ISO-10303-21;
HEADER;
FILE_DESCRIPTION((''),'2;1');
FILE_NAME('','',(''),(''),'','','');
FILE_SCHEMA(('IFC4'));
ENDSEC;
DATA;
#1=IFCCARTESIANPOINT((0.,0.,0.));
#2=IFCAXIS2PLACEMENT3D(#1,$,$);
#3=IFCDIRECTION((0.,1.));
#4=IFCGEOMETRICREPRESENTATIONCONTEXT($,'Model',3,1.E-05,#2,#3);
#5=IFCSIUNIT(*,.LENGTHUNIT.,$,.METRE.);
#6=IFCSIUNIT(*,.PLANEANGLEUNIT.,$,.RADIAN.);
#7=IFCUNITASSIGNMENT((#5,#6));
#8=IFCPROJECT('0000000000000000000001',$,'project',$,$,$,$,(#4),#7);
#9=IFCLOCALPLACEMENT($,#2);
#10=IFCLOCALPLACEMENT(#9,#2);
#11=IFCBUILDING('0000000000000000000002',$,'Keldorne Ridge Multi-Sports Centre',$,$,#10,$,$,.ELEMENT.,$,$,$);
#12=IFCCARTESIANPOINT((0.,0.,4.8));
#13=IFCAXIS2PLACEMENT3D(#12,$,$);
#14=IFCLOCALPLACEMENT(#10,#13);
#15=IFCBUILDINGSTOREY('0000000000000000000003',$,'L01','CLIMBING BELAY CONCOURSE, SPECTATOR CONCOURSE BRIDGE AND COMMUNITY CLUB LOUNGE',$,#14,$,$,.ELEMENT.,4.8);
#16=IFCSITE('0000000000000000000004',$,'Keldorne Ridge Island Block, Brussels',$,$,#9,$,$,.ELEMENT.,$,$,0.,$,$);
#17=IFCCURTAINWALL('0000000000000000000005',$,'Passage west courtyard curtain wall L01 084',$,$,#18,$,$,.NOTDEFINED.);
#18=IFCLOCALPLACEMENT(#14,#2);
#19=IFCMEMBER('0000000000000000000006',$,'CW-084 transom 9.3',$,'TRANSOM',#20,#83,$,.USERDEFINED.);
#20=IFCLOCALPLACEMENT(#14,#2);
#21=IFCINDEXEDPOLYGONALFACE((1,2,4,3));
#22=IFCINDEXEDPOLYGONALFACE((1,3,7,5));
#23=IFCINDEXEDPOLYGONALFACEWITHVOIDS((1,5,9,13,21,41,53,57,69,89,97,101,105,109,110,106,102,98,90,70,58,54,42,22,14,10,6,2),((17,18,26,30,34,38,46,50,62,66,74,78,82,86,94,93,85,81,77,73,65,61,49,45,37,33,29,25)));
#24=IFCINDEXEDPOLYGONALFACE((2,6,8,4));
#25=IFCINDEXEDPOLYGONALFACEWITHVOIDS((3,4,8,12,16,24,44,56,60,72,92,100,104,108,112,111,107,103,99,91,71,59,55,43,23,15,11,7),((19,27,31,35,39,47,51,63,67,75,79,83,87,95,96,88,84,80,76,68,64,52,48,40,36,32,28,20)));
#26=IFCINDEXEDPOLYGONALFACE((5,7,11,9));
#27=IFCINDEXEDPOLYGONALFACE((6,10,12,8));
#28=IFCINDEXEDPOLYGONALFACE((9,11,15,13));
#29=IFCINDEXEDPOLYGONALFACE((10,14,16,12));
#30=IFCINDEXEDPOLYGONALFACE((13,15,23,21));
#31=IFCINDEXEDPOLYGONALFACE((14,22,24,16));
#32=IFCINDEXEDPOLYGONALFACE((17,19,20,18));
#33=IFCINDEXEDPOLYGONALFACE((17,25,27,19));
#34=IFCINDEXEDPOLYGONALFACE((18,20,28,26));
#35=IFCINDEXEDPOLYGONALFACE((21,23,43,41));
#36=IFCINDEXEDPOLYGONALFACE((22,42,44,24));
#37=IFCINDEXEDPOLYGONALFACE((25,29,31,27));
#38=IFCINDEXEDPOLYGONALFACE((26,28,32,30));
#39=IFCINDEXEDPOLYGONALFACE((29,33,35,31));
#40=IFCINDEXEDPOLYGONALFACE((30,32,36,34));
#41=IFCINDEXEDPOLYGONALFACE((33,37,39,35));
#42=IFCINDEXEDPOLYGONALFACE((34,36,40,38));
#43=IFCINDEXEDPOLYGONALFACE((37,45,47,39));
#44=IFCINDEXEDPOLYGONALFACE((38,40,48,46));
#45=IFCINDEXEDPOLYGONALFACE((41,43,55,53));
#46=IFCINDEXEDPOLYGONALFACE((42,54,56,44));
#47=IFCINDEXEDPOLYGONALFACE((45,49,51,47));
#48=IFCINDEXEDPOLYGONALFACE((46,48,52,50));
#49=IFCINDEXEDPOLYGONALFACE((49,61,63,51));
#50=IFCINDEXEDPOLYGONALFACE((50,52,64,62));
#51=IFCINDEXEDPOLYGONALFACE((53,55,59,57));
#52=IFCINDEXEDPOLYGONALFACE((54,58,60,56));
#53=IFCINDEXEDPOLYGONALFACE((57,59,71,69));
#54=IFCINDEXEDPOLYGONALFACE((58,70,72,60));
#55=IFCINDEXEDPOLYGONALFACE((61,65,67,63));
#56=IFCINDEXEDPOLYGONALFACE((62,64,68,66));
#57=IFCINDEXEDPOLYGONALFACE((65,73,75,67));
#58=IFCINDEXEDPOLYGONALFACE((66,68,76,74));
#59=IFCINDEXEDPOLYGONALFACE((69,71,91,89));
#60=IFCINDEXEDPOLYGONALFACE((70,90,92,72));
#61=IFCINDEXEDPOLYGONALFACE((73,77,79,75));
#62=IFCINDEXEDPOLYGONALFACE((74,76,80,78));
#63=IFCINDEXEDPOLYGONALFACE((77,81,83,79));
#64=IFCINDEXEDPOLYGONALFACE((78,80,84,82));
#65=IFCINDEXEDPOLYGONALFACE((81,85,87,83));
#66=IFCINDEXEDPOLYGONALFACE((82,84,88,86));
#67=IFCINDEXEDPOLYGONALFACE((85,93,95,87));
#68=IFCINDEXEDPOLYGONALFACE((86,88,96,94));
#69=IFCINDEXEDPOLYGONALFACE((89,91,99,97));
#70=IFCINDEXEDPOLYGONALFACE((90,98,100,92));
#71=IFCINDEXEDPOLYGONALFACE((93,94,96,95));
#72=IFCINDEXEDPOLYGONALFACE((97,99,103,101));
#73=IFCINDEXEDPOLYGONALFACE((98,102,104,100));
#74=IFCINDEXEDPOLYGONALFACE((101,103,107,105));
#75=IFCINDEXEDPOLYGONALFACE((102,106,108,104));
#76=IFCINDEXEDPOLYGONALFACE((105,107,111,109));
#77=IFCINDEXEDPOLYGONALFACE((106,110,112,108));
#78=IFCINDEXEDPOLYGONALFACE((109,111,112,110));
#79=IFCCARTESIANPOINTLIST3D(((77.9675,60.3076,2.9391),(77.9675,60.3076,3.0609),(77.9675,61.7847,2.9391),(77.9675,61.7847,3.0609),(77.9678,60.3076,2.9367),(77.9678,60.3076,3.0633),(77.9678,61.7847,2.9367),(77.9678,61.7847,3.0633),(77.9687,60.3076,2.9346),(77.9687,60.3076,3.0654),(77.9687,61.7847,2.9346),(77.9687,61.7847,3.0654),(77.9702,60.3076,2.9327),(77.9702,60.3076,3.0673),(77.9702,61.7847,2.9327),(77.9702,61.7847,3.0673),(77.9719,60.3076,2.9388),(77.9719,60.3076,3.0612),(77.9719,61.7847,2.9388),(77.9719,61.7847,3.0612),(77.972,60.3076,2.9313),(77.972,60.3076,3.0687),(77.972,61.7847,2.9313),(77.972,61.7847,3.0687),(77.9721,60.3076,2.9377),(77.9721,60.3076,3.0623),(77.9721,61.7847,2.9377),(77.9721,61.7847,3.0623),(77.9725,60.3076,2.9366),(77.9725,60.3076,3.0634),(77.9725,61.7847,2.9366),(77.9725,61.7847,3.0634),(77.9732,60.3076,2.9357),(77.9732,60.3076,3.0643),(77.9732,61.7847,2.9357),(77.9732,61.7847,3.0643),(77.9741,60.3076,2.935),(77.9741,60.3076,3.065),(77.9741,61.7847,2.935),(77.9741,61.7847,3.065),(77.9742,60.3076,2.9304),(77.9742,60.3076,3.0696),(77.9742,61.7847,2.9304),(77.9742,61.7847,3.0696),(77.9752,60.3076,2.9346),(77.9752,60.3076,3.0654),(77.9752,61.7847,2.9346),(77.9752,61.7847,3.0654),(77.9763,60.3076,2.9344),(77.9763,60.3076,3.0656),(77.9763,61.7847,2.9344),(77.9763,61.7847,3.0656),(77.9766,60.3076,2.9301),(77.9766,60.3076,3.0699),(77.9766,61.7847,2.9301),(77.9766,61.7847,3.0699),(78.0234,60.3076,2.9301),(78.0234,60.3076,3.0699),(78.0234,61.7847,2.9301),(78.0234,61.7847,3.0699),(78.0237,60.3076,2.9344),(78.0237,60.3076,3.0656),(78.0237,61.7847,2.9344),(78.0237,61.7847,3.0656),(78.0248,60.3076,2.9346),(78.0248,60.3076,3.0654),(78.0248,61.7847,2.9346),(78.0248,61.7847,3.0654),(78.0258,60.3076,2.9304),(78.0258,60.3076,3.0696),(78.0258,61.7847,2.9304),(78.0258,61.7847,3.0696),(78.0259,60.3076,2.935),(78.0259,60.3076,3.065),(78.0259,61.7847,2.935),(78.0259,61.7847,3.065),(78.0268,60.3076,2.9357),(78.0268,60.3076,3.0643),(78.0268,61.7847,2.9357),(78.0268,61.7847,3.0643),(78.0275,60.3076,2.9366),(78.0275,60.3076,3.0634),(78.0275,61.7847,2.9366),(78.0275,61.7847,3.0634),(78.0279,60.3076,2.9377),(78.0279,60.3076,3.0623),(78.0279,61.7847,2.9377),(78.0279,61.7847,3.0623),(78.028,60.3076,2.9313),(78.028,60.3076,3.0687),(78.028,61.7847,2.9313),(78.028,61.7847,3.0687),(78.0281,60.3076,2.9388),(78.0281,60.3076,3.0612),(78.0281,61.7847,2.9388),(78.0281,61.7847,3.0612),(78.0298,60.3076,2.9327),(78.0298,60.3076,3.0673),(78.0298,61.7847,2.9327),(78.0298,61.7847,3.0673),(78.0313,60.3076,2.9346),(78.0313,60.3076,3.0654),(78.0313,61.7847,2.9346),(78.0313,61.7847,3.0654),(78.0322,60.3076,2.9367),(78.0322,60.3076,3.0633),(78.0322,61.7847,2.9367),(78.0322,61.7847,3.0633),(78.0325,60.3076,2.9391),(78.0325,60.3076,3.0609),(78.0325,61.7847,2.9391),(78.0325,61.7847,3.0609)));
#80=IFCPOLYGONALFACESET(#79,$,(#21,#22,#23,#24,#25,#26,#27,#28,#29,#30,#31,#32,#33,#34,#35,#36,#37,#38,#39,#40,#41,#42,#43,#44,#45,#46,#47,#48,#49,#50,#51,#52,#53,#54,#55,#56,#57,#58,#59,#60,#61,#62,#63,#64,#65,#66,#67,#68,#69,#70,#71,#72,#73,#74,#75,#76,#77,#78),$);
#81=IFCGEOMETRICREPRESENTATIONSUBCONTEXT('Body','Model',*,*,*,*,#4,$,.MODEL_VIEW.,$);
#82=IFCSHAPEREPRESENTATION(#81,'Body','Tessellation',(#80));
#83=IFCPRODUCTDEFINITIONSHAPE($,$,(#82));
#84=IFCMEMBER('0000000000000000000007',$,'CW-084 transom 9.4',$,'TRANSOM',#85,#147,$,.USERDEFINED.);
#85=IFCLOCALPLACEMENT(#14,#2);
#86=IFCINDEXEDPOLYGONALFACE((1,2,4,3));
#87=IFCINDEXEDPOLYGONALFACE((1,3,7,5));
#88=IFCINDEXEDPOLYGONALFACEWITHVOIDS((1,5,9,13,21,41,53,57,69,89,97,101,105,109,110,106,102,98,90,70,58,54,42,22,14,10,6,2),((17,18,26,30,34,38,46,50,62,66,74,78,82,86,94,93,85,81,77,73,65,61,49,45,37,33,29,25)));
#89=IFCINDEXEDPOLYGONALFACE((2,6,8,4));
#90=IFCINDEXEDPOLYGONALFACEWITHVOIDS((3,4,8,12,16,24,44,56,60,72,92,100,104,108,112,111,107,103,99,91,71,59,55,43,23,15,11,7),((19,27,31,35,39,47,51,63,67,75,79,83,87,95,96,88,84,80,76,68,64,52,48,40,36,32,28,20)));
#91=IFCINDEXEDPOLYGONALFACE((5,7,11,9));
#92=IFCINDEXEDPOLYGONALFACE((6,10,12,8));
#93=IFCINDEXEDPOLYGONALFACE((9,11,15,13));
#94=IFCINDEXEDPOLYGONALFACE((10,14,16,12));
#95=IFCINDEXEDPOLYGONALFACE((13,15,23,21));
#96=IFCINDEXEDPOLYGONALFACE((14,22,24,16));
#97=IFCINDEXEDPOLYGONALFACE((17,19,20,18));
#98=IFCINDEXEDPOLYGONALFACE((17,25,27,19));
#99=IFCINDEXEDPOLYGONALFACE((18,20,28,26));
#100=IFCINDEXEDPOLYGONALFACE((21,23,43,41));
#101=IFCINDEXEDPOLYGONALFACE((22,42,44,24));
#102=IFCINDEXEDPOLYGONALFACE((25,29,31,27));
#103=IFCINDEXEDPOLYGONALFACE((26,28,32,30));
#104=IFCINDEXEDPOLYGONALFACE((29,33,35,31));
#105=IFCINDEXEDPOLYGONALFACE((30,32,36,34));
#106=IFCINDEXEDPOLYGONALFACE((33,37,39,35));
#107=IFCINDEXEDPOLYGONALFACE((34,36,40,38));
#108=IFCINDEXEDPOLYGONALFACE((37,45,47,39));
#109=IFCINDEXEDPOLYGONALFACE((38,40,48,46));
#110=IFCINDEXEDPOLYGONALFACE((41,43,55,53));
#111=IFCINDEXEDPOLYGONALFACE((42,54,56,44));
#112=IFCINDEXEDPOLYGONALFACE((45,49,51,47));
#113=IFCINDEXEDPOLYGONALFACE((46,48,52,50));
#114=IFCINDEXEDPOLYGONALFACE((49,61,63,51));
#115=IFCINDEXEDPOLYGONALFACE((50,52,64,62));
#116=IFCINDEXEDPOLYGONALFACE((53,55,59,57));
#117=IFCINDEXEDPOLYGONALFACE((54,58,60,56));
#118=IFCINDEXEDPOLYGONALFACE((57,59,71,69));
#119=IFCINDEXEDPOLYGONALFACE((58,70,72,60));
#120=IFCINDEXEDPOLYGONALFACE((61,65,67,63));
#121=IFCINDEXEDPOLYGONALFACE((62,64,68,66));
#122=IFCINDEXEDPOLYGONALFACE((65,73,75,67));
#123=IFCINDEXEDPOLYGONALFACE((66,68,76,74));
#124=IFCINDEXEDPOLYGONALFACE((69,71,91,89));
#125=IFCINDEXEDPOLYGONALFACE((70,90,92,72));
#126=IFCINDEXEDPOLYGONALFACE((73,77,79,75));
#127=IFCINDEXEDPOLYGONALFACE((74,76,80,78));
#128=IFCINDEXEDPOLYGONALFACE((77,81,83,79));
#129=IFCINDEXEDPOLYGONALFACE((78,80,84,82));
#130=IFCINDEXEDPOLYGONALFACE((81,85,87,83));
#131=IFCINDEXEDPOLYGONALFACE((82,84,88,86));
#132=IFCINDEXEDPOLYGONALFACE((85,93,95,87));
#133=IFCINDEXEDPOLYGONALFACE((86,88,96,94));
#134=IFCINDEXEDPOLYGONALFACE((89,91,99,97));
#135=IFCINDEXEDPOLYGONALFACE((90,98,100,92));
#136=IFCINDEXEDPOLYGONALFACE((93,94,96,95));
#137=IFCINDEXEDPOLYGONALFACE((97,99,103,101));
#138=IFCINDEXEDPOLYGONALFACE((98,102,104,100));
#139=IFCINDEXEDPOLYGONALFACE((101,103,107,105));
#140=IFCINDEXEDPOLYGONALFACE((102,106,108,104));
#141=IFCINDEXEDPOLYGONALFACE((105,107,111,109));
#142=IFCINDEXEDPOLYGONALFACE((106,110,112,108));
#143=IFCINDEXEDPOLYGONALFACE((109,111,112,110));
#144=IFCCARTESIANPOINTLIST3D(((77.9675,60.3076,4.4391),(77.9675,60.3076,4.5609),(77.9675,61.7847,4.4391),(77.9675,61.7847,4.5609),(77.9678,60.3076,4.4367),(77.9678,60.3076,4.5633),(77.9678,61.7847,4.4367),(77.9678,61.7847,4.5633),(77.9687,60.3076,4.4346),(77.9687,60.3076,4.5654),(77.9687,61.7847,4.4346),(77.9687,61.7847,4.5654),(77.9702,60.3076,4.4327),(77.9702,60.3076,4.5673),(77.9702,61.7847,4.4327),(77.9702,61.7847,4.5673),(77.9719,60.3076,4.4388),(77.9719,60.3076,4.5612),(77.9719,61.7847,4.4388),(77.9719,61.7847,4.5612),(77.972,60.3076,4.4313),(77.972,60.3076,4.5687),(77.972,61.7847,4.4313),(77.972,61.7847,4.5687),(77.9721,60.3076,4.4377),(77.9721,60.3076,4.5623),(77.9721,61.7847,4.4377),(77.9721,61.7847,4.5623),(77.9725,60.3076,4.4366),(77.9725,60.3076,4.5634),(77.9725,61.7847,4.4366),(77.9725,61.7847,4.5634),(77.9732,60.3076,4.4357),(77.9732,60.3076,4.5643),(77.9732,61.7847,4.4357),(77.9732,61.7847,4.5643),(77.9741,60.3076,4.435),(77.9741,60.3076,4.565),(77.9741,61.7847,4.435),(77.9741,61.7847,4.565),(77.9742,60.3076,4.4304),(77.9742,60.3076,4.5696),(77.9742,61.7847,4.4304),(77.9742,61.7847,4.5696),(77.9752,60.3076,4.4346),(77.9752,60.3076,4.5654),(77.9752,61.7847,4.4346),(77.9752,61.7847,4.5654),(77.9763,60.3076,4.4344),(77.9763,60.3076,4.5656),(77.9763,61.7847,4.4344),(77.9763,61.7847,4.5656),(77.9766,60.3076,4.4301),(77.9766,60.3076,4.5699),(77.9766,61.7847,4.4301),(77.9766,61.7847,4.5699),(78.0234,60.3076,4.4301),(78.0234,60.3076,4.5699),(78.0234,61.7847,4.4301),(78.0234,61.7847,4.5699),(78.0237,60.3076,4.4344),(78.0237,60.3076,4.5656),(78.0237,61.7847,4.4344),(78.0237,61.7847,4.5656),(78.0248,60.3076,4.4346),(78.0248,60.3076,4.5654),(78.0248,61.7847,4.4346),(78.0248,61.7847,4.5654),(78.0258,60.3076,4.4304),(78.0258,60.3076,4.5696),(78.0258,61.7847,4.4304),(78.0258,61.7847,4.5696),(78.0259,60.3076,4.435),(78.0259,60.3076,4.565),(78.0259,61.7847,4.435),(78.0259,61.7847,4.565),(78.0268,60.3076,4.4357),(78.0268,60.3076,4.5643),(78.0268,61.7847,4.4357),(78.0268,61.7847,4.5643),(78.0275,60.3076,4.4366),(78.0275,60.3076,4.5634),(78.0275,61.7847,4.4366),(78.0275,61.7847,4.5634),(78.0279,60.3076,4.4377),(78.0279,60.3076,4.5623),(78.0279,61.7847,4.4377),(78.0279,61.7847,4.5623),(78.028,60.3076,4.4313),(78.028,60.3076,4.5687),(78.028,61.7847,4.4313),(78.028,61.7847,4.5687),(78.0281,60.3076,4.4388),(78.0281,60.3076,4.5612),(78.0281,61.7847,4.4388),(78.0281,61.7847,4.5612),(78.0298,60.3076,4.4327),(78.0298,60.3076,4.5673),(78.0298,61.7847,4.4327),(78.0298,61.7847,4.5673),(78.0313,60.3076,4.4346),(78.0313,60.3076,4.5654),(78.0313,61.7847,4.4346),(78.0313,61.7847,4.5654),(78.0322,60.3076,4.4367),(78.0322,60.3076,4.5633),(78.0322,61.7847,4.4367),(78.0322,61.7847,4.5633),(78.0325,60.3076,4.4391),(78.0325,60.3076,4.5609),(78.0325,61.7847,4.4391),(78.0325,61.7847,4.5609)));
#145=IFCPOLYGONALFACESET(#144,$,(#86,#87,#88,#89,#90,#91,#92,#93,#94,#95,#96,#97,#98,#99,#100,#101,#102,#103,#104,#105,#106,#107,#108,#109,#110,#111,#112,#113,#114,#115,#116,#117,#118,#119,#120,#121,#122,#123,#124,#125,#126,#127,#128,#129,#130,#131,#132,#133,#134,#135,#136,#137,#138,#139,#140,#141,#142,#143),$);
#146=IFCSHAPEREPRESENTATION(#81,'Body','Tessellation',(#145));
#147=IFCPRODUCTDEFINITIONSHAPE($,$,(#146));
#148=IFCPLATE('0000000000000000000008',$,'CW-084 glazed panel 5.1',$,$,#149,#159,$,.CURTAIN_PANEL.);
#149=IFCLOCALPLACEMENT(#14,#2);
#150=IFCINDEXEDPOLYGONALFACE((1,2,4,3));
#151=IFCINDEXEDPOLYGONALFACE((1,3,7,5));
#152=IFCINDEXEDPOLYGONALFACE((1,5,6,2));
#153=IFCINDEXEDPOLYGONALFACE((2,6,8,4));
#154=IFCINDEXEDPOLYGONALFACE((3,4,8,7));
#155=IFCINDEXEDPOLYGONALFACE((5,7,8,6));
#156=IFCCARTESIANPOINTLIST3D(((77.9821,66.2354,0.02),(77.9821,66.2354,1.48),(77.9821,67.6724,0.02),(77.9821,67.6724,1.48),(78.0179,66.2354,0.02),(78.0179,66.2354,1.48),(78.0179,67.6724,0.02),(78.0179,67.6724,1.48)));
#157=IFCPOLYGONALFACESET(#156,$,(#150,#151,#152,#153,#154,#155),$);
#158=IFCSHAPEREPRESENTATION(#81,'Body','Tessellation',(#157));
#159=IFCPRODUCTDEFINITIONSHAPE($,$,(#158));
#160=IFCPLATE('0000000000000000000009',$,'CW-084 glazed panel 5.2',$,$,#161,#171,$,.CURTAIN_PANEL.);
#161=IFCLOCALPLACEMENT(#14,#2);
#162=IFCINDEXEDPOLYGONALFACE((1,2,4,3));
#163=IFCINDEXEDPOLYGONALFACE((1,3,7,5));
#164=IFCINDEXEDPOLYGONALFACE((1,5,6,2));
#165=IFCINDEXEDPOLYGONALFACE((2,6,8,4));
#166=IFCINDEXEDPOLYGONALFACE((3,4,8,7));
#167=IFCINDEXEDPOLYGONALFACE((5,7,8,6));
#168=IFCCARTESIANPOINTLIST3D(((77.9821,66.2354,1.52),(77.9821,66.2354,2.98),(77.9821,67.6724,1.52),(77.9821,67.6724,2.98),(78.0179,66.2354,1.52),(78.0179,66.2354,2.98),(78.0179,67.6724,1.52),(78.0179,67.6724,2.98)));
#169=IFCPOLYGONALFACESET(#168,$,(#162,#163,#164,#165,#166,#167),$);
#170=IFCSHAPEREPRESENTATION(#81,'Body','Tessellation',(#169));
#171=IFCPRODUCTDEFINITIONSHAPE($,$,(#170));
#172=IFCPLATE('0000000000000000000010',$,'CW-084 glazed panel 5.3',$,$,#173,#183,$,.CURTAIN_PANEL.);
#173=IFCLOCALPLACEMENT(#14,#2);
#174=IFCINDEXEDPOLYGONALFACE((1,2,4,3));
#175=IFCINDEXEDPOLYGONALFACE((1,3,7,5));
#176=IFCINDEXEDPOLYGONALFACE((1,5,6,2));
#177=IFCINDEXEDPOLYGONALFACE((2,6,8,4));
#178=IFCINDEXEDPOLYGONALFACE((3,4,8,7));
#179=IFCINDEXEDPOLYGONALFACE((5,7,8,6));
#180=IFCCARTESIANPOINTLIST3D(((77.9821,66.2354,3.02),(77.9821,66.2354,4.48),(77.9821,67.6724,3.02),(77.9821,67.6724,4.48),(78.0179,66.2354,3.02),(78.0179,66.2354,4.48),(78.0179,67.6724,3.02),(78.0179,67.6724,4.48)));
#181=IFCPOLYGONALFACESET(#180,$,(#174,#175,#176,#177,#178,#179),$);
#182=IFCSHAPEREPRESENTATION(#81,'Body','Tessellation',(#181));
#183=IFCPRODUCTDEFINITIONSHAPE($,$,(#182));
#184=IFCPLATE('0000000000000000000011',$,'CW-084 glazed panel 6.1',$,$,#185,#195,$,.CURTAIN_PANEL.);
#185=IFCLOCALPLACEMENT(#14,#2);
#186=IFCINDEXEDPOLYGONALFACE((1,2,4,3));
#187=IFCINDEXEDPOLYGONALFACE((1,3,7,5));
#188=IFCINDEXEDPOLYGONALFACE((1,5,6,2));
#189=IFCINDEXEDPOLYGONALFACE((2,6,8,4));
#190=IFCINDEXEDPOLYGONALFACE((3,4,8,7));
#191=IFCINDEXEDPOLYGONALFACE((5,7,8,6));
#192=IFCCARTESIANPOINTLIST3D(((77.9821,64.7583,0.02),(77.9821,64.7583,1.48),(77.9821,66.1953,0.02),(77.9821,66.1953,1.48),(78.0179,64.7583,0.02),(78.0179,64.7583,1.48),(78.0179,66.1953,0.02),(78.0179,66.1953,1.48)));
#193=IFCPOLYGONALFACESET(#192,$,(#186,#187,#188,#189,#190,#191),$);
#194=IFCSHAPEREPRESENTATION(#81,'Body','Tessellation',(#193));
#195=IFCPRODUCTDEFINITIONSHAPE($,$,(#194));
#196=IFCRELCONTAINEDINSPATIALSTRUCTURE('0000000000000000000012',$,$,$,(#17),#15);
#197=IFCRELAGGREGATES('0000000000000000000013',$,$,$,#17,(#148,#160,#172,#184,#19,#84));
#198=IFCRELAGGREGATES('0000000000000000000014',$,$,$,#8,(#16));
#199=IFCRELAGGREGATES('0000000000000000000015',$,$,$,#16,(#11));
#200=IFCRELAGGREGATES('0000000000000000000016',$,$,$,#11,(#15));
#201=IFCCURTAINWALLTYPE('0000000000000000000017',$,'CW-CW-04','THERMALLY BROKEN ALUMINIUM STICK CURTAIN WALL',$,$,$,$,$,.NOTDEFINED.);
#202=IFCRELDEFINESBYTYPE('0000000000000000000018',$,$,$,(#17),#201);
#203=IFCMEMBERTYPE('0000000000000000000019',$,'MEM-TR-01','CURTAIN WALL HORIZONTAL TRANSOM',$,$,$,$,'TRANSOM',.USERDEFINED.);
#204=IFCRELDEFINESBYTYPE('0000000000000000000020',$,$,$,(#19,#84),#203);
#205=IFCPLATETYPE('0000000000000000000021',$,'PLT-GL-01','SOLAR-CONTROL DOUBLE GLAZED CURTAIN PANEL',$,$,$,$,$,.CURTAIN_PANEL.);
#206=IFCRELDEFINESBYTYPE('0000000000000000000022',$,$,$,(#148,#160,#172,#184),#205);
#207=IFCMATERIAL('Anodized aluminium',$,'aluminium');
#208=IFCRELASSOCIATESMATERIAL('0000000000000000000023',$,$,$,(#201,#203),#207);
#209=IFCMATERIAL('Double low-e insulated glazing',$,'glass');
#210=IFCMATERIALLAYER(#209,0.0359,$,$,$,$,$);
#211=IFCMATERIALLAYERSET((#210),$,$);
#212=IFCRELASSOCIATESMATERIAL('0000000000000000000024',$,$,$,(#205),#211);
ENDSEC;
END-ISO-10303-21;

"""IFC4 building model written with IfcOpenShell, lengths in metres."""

from ifc_helpers import new_model, si_unit, direction, frame, origin, origin_2d, place, context, subcontext, project, spatial, rectangle, hollow_rectangle, extrude, material, layer, layer_set, material_profile, profile_set, type_object, element, aggregate, save


model = new_model("IFC4")

# Units and contexts
model_context = context("Model", 3, precision=1e-05, world=origin(), true_north=direction((0.0, 1.0)))
body_context = subcontext(model_context, "Body", "Model", "MODEL_VIEW")
ifc_project = project(units=[si_unit("LENGTHUNIT", "METRE"), si_unit("PLANEANGLEUNIT", "RADIAN")], contexts=[model_context])

# Site, building, storey
site_placement = place(None, origin())
site = spatial("IfcSite", under=ifc_project, at=site_placement, Name="Keldorne Ridge Island Block, Brussels", CompositionType="ELEMENT", RefElevation=0.0)
building_placement = place(site_placement, origin())
building = spatial("IfcBuilding", under=site, at=building_placement, Name="Keldorne Ridge Multi-Sports Centre", CompositionType="ELEMENT")
storey_placement = place(building_placement, frame((0.0, 0.0, 4.8)))
storey = spatial("IfcBuildingStorey", under=building, at=storey_placement, Name="L01", Description="CLIMBING BELAY CONCOURSE, SPECTATOR CONCOURSE BRIDGE AND COMMUNITY CLUB LOUNGE", CompositionType="ELEMENT", Elevation=4.8)

# Curtain wall, members, plates
ifc_material_1 = material(Name="Anodized aluminium", Category="aluminium")
curtain_wall_type = type_object("IfcCurtainWallType", Name="CW-CW-04", Description="THERMALLY BROKEN ALUMINIUM STICK CURTAIN WALL", PredefinedType="NOTDEFINED", material=ifc_material_1)
curtain_wall_placement = place(storey_placement, origin())
curtain_wall = element("IfcCurtainWall", 1, at=curtain_wall_placement, inside=storey, type_object=curtain_wall_type, Name="Passage west courtyard curtain wall L01 084", PredefinedType="NOTDEFINED")
ifc_material_profile_1 = material_profile(ifc_material_1, hollow_rectangle(XDim=0.0649, YDim=0.1399, WallThickness=0.0044, InnerFilletRadius=0.0044, OuterFilletRadius=0.009, at=origin_2d()), Name="ALU TRANSOM 140x65x4.5")
ifc_profile_set_1 = profile_set([ifc_material_profile_1], Name="Anodized aluminium")
member_type_1 = type_object("IfcMemberType", Name="MEM-TR-01", Description="CURTAIN WALL HORIZONTAL TRANSOM", ElementType="TRANSOM", PredefinedType="USERDEFINED", material=ifc_profile_set_1)
member_1_placement = place(storey_placement, frame((78.0, 61.7847, 3.0), z_axis=(0.0, -1.0, 0.0), x_axis=(1.0, 0.0, 0.0)))
member_1 = element("IfcMember", 2, at=member_1_placement, type_object=member_type_1, Name="CW-084 transom 9.3", ObjectType="TRANSOM", PredefinedType="USERDEFINED", context=body_context, shape_type="SweptSolid", body=[
    extrude(hollow_rectangle(XDim=0.0649, YDim=0.1399, WallThickness=0.0044, InnerFilletRadius=0.0044, OuterFilletRadius=0.009, at=origin_2d()), origin(), (0.0, 0.0, 1.0), 1.4771),
])
member_2_placement = place(storey_placement, frame((78.0, 61.7847, 4.5), z_axis=(0.0, -1.0, 0.0), x_axis=(1.0, 0.0, 0.0)))
member_2 = element("IfcMember", 3, at=member_2_placement, type_object=member_type_1, Name="CW-084 transom 9.4", ObjectType="TRANSOM", PredefinedType="USERDEFINED", context=body_context, shape_type="SweptSolid", body=[
    extrude(hollow_rectangle(XDim=0.0649, YDim=0.1399, WallThickness=0.0044, InnerFilletRadius=0.0044, OuterFilletRadius=0.009, at=origin_2d()), origin(), (0.0, 0.0, 1.0), 1.4771),
])
ifc_material_2 = material(Name="Double low-e insulated glazing", Category="glass")
ifc_layer = layer(ifc_material_2, 0.0359)
ifc_layer_set = layer_set([ifc_layer])
plate_type = type_object("IfcPlateType", Name="PLT-GL-01", Description="SOLAR-CONTROL DOUBLE GLAZED CURTAIN PANEL", PredefinedType="CURTAIN_PANEL", material=ifc_layer_set)
plate_1_placement = place(storey_placement, frame((78.0, 66.9539, 0.02), z_axis=(0.0, 0.0, 1.0), x_axis=(0.0, -1.0, 0.0)))
plate_1 = element("IfcPlate", 4, at=plate_1_placement, type_object=plate_type, Name="CW-084 glazed panel 5.1", PredefinedType="CURTAIN_PANEL", context=body_context, shape_type="SweptSolid", body=[
    extrude(rectangle(XDim=1.437, YDim=0.0359, at=origin_2d()), origin(), (0.0, 0.0, 1.0), 1.46),
])
plate_2_placement = place(storey_placement, frame((78.0, 66.9539, 1.52), z_axis=(0.0, 0.0, 1.0), x_axis=(0.0, -1.0, 0.0)))
plate_2 = element("IfcPlate", 5, at=plate_2_placement, type_object=plate_type, Name="CW-084 glazed panel 5.2", PredefinedType="CURTAIN_PANEL", context=body_context, shape_type="SweptSolid", body=[
    extrude(rectangle(XDim=1.437, YDim=0.0359, at=origin_2d()), origin(), (0.0, 0.0, 1.0), 1.46),
])
plate_3_placement = place(storey_placement, frame((78.0, 66.9539, 3.02), z_axis=(0.0, 0.0, 1.0), x_axis=(0.0, -1.0, 0.0)))
plate_3 = element("IfcPlate", 6, at=plate_3_placement, type_object=plate_type, Name="CW-084 glazed panel 5.3", PredefinedType="CURTAIN_PANEL", context=body_context, shape_type="SweptSolid", body=[
    extrude(rectangle(XDim=1.437, YDim=0.0359, at=origin_2d()), origin(), (0.0, 0.0, 1.0), 1.46),
])
plate_4_placement = place(storey_placement, frame((78.0, 65.4768, 0.02), z_axis=(0.0, 0.0, 1.0), x_axis=(0.0, -1.0, 0.0)))
plate_4 = element("IfcPlate", 7, at=plate_4_placement, type_object=plate_type, Name="CW-084 glazed panel 6.1", PredefinedType="CURTAIN_PANEL", context=body_context, shape_type="SweptSolid", body=[
    extrude(rectangle(XDim=1.437, YDim=0.0359, at=origin_2d()), origin(), (0.0, 0.0, 1.0), 1.46),
])
aggregate(curtain_wall, [plate_1, plate_2, plate_3, plate_4, member_1, member_2])

save(model, "model.ifc")
